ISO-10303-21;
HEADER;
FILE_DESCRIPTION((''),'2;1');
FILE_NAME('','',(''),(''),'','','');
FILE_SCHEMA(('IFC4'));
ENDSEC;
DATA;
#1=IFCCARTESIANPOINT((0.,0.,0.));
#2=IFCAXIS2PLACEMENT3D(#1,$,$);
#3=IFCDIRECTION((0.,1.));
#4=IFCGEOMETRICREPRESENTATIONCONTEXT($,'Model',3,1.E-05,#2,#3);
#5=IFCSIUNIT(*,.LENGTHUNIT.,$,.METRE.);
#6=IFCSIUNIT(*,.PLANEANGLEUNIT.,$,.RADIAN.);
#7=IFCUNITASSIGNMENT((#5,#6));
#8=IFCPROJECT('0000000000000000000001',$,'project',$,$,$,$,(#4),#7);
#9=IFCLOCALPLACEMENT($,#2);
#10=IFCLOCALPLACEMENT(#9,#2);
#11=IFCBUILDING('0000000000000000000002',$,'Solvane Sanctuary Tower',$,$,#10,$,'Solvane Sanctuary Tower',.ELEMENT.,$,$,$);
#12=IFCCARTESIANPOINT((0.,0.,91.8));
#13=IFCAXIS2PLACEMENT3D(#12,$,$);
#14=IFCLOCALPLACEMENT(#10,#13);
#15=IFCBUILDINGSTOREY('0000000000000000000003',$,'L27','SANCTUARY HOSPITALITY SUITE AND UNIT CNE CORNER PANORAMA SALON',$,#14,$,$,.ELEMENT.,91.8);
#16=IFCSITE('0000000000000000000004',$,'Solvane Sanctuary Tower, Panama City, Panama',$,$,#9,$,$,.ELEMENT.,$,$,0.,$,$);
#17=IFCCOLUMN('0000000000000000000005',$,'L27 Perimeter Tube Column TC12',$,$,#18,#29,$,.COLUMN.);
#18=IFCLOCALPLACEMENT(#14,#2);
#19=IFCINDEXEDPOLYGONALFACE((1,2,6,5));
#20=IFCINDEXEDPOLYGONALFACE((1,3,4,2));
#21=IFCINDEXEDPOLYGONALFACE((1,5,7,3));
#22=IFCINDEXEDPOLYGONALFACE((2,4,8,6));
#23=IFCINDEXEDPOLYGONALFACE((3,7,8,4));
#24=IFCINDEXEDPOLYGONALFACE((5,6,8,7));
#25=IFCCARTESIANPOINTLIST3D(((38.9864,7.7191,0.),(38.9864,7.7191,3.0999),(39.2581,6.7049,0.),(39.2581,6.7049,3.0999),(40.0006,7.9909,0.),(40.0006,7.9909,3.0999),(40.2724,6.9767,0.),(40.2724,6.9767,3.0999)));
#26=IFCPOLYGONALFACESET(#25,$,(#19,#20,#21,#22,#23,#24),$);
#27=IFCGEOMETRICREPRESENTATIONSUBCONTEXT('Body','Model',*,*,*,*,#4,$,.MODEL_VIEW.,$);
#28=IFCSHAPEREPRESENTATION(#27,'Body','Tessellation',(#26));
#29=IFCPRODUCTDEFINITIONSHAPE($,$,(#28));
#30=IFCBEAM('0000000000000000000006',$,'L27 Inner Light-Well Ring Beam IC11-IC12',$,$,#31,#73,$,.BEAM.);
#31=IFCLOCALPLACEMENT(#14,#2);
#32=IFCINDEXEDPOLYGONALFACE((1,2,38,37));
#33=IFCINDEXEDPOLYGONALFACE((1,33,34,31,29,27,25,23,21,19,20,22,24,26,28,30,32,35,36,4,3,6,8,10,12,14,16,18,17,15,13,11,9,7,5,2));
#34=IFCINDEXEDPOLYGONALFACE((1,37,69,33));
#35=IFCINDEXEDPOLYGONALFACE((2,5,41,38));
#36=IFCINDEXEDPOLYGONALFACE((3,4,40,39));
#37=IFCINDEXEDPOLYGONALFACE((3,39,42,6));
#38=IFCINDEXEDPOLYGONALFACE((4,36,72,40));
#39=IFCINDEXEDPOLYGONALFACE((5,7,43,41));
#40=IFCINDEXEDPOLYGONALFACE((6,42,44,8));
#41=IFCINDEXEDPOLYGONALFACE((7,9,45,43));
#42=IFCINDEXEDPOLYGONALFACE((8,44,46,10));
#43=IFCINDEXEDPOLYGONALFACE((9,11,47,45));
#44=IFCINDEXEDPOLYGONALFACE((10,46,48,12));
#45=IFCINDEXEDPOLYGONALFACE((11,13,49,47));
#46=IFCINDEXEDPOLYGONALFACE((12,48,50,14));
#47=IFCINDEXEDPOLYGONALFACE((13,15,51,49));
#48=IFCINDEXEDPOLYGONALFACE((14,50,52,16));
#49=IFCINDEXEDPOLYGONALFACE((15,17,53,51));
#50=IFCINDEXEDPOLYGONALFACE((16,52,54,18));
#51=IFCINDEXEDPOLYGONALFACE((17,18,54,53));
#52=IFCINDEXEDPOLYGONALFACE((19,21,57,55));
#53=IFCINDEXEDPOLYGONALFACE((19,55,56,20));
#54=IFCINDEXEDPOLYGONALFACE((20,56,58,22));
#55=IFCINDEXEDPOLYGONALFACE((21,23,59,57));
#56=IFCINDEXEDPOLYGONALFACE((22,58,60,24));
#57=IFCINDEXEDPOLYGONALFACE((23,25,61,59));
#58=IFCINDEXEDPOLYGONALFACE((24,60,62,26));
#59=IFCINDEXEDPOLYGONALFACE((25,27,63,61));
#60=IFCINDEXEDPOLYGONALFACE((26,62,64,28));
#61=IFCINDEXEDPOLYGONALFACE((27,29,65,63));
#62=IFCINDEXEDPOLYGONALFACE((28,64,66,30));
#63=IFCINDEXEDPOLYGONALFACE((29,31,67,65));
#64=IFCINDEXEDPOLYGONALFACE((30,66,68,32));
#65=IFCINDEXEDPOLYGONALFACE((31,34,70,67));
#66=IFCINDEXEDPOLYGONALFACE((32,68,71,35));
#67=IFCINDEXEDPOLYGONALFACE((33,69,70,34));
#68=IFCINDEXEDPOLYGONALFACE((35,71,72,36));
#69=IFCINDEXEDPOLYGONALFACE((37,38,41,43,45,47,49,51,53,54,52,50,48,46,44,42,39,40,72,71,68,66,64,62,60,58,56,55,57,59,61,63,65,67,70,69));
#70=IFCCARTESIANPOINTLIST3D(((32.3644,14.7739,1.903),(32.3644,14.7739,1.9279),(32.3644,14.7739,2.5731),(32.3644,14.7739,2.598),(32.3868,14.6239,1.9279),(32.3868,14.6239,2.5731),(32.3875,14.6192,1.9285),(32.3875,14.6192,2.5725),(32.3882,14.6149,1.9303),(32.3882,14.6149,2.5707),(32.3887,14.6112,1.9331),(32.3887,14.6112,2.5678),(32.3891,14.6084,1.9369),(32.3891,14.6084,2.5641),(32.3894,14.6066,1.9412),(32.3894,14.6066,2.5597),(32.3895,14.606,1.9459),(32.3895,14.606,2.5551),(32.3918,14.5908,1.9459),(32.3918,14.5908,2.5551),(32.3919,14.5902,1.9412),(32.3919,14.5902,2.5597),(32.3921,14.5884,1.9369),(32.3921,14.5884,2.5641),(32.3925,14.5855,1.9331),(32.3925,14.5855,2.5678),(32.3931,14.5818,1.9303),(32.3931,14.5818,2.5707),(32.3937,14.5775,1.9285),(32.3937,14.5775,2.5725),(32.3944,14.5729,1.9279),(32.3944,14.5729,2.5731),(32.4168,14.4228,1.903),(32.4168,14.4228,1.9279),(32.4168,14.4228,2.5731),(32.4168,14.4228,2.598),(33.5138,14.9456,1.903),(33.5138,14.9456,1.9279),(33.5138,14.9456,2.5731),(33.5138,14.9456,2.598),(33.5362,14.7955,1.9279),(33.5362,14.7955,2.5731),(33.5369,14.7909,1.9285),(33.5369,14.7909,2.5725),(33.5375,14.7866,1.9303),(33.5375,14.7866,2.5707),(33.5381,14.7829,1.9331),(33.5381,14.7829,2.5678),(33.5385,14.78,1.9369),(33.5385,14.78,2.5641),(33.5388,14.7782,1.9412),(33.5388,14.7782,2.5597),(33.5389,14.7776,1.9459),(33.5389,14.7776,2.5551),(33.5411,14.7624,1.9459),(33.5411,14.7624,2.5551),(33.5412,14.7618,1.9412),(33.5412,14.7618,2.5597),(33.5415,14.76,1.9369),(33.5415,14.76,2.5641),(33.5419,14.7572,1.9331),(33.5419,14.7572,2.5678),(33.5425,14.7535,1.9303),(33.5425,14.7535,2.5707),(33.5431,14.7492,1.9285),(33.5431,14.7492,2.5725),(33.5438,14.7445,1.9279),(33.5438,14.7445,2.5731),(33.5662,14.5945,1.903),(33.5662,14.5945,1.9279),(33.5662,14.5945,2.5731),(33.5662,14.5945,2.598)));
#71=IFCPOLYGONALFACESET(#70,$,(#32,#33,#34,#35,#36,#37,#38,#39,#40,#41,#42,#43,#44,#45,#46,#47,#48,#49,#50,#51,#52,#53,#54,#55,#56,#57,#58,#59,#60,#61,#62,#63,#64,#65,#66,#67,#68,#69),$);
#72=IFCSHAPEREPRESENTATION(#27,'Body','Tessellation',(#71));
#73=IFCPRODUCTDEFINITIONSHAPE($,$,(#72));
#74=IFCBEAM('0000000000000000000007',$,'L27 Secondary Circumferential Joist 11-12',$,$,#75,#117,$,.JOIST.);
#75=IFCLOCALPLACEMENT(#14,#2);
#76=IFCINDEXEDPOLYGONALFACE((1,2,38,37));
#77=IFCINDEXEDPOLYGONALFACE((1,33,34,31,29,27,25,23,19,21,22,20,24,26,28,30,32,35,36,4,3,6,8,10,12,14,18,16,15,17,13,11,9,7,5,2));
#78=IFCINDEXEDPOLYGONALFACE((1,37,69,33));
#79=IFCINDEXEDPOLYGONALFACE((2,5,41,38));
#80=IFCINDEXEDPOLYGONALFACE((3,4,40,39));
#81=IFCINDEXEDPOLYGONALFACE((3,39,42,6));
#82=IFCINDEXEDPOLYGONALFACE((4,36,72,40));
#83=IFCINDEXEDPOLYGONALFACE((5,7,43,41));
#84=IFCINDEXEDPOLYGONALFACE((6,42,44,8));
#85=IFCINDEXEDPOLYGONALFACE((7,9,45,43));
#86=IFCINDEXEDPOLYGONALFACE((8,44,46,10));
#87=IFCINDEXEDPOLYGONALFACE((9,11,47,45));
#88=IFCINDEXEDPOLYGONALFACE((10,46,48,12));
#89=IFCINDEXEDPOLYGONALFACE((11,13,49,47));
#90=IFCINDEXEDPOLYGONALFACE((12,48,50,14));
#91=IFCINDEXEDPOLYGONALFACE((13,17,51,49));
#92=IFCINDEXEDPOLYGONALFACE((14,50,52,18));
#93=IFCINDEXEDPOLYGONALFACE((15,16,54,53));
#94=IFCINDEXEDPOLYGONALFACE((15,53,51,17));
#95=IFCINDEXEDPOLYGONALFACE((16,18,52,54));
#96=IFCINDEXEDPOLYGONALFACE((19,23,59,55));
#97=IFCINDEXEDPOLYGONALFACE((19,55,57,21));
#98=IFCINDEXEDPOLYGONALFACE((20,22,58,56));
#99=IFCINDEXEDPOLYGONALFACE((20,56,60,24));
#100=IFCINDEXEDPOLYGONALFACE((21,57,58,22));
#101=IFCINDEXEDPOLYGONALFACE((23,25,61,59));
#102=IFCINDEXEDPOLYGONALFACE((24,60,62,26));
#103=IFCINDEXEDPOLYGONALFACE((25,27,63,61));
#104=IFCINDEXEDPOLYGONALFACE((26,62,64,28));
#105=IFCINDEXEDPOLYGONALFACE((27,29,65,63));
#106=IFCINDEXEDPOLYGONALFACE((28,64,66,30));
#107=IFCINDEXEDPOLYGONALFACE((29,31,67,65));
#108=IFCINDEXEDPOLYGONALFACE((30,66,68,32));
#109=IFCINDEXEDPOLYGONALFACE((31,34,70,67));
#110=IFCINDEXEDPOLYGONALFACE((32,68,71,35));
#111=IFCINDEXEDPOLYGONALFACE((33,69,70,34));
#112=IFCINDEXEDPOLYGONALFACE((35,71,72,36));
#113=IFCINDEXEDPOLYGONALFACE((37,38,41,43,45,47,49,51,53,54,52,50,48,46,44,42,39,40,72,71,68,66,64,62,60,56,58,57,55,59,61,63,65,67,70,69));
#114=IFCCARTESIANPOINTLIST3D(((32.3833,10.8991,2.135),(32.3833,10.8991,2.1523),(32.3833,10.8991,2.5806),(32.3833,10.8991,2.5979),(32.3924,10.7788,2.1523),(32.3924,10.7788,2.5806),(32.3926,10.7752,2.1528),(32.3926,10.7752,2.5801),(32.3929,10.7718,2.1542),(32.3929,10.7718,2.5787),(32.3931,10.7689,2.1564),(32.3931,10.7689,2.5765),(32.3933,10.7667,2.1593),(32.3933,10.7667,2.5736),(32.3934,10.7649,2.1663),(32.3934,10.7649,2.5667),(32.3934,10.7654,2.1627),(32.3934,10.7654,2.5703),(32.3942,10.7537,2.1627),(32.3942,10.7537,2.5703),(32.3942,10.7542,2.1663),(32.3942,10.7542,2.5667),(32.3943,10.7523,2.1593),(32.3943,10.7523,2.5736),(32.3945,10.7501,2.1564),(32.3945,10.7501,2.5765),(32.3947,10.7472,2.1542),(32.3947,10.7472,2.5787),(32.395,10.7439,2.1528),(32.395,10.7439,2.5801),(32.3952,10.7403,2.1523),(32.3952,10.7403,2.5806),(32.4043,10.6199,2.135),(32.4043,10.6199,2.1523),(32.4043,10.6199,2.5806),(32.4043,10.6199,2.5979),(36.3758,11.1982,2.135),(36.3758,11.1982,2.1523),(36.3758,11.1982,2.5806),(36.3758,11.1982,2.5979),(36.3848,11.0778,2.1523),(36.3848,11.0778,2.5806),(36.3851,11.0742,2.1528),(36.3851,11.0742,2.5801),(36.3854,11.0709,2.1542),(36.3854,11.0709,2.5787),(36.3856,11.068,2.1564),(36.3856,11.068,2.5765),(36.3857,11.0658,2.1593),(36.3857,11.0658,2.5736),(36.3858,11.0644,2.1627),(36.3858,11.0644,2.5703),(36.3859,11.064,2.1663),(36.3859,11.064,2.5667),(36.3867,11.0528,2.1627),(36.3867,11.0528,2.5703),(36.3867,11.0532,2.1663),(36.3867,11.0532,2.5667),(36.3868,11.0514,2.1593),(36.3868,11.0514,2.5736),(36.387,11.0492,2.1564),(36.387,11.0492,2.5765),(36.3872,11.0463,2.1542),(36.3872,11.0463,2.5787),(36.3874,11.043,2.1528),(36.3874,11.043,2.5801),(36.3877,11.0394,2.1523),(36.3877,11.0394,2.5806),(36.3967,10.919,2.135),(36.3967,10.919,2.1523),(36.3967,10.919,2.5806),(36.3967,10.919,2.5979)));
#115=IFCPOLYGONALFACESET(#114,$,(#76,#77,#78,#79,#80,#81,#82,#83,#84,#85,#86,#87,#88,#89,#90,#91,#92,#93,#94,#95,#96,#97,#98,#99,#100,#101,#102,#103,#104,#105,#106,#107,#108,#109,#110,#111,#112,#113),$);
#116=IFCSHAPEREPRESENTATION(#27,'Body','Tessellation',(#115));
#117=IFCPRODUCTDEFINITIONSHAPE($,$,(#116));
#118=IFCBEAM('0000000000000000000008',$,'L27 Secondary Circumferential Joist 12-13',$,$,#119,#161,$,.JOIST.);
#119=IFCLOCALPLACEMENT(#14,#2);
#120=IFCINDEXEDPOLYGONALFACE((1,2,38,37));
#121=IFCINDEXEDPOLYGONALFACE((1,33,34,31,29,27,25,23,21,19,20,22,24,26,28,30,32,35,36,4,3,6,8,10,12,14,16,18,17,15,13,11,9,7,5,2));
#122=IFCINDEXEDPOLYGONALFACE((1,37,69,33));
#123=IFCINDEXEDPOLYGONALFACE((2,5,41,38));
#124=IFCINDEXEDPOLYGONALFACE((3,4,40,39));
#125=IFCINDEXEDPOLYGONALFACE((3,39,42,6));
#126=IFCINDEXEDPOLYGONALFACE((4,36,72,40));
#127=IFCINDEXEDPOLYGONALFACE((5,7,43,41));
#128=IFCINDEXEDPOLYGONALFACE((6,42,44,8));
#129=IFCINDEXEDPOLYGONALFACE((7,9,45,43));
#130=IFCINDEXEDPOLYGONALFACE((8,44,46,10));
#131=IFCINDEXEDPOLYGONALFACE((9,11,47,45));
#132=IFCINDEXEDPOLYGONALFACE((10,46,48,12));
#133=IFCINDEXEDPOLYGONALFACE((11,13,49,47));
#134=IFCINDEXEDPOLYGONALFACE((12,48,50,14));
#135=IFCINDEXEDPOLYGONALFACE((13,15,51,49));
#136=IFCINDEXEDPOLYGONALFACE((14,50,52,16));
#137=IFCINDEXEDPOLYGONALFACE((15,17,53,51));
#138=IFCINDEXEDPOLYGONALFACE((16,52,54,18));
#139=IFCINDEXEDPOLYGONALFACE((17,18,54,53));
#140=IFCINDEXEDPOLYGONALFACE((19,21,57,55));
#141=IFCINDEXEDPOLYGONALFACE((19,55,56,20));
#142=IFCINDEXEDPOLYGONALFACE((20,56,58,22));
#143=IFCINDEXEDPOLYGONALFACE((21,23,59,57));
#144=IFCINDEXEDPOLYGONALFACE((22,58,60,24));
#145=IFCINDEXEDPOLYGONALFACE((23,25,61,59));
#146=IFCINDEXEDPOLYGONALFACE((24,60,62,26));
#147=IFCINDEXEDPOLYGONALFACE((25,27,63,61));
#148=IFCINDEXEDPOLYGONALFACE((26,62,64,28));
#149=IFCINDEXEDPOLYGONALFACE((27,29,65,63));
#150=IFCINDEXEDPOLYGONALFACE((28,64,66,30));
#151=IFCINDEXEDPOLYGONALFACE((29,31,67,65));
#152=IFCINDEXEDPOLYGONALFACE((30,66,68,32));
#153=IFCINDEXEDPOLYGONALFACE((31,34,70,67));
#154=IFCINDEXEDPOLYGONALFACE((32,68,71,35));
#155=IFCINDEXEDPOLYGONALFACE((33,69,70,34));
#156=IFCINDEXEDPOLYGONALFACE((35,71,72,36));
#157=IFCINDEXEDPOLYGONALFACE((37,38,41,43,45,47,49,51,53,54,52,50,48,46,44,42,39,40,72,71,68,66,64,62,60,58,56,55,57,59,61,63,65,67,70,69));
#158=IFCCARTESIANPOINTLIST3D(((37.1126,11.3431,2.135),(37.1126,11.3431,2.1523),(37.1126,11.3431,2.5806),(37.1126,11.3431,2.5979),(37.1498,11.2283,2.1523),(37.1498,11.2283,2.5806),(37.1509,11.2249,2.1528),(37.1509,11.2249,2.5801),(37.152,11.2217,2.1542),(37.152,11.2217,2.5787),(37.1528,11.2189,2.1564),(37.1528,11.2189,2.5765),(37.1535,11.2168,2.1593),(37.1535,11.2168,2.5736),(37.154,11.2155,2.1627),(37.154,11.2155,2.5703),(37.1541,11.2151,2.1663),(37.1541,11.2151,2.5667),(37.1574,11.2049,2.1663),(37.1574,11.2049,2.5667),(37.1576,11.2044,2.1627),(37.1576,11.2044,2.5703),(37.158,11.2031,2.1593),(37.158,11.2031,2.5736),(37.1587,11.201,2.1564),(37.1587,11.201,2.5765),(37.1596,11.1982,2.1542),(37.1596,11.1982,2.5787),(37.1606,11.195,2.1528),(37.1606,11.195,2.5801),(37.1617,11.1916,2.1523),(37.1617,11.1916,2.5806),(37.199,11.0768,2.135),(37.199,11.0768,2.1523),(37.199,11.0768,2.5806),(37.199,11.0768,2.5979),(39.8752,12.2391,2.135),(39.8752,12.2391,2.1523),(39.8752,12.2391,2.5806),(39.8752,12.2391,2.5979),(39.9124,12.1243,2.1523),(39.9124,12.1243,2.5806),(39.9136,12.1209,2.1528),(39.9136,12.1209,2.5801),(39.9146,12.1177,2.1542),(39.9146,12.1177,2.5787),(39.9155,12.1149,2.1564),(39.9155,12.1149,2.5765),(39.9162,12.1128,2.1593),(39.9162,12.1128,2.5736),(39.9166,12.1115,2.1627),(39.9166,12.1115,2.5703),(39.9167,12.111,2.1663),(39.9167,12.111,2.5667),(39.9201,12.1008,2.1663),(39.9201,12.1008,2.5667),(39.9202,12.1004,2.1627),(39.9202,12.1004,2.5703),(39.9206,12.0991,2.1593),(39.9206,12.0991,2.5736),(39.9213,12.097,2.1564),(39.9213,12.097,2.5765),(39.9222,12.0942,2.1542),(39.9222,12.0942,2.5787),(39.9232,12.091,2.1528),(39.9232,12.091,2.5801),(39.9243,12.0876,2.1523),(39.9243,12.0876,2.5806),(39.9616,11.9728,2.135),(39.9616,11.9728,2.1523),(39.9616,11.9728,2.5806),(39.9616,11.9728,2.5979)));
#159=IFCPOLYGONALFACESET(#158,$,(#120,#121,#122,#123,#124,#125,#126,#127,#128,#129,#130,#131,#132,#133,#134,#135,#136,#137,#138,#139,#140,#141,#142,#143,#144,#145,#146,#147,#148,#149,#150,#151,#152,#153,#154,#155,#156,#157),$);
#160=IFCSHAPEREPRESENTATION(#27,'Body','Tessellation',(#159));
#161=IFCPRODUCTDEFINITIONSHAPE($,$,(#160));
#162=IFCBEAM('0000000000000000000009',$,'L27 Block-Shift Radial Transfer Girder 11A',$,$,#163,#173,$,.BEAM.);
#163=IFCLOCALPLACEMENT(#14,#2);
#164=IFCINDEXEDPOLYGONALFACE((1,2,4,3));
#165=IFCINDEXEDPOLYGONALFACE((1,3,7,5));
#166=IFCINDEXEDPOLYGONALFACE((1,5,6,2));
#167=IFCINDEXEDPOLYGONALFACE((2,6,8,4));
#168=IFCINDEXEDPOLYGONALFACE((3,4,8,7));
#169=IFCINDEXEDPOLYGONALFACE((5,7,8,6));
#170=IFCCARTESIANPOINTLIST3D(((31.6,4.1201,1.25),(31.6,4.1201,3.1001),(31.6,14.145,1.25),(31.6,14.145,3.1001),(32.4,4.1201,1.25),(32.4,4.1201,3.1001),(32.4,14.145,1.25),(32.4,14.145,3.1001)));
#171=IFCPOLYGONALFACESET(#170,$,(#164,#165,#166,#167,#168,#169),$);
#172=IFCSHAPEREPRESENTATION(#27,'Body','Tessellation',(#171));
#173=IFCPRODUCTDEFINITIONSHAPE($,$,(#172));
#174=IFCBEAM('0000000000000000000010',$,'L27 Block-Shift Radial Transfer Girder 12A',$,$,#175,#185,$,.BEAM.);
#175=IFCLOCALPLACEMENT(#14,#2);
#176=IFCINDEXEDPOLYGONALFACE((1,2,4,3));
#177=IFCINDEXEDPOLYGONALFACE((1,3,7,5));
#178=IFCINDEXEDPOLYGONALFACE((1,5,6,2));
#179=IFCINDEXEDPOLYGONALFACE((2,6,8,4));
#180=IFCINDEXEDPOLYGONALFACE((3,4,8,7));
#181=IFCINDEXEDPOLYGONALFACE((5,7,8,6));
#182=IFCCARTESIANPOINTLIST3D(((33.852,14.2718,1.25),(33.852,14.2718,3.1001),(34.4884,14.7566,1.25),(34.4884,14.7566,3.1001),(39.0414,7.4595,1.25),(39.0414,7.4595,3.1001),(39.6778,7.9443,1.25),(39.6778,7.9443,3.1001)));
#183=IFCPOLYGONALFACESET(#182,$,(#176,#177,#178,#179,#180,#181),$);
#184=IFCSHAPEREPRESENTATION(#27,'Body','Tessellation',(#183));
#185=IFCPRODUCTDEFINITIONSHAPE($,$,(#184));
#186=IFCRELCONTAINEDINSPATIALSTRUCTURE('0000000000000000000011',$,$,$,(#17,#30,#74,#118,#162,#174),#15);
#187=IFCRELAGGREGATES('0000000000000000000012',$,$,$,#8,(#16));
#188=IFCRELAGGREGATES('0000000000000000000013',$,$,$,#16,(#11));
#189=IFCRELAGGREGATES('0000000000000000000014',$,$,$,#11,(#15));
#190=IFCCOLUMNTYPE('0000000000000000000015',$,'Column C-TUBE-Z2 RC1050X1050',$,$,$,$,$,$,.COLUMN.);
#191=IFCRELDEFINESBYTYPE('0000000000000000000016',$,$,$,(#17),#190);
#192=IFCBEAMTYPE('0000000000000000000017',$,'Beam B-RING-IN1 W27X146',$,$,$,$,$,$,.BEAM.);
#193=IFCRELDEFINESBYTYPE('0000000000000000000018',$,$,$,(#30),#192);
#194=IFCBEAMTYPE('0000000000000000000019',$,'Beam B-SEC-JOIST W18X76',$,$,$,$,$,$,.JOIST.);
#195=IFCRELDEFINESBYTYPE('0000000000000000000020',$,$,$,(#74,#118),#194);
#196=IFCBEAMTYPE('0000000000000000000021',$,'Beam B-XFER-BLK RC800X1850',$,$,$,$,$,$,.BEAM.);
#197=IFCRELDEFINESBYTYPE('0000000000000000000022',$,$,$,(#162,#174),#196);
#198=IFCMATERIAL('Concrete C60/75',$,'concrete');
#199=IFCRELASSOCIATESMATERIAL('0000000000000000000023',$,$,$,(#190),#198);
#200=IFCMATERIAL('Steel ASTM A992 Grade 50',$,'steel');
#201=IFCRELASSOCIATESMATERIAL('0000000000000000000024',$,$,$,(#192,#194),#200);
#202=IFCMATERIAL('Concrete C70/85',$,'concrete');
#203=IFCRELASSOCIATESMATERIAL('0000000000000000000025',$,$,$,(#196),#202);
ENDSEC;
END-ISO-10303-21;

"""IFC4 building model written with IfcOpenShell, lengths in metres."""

from ifc_helpers import new_model, si_unit, direction, frame, origin, origin_2d, place, context, subcontext, project, spatial, rectangle, i_section, extrude, material, material_profile, profile_set, type_object, element, save


model = new_model("IFC4")

# Units and contexts
model_context = context("Model", 3, precision=1e-05, world=origin(), true_north=direction((0.0, 1.0)))
body_context = subcontext(model_context, "Body", "Model", "MODEL_VIEW")
ifc_project = project(units=[si_unit("LENGTHUNIT", "METRE"), si_unit("PLANEANGLEUNIT", "RADIAN")], contexts=[model_context])

# Site, building, storey
site_placement = place(None, origin())
site = spatial("IfcSite", under=ifc_project, at=site_placement, Name="Solvane Sanctuary Tower, Panama City, Panama", CompositionType="ELEMENT", RefElevation=0.0)
building_placement = place(site_placement, origin())
building = spatial("IfcBuilding", under=site, at=building_placement, Name="Solvane Sanctuary Tower", LongName="Solvane Sanctuary Tower", CompositionType="ELEMENT")
storey_placement = place(building_placement, frame((0.0, 0.0, 91.8)))
storey = spatial("IfcBuildingStorey", under=building, at=storey_placement, Name="L27", Description="SANCTUARY HOSPITALITY SUITE AND UNIT CNE CORNER PANORAMA SALON", CompositionType="ELEMENT", Elevation=91.8)

# Column
ifc_material_1 = material(Name="Concrete C60/75", Category="concrete")
ifc_material_profile_1 = material_profile(ifc_material_1, rectangle(XDim=1.05, YDim=1.05, at=origin_2d()), Name="RC1050X1050")
ifc_profile_set_1 = profile_set([ifc_material_profile_1], Name="Concrete C60/75")
column_type = type_object("IfcColumnType", Name="Column C-TUBE-Z2 RC1050X1050", PredefinedType="COLUMN", material=ifc_profile_set_1)
column_placement = place(storey_placement, frame((39.6294, 7.3479, 0.0), z_axis=(0.0, 0.0, 1.0), x_axis=(0.258819, -0.965926, 0.0)))
element("IfcColumn", 1, at=column_placement, inside=storey, type_object=column_type, Name="L27 Perimeter Tube Column TC12", PredefinedType="COLUMN", context=body_context, shape_type="SweptSolid", body=[
    extrude(rectangle(XDim=1.05, YDim=1.05, at=origin_2d()), origin(), (0.0, 0.0, 1.0), 3.0999),
])

# Beams
ifc_material_2 = material(Name="Steel ASTM A992 Grade 50", Category="steel")
ifc_material_profile_2 = material_profile(ifc_material_2, i_section(OverallWidth=0.355, OverallDepth=0.6951, WebThickness=0.0154, FlangeThickness=0.0249, FilletRadius=0.0181, at=origin_2d()), Name="W27X146")
ifc_profile_set_2 = profile_set([ifc_material_profile_2], Name="Steel ASTM A992 Grade 50")
beam_type_1 = type_object("IfcBeamType", Name="Beam B-RING-IN1 W27X146", PredefinedType="BEAM", material=ifc_profile_set_2)
beam_1_placement = place(storey_placement, frame((32.3906, 14.5984, 2.2505), z_axis=(0.989035, 0.147683, 0.0), x_axis=(-0.147683, 0.989035, 0.0)))
element("IfcBeam", 2, at=beam_1_placement, inside=storey, type_object=beam_type_1, Name="L27 Inner Light-Well Ring Beam IC11-IC12", PredefinedType="BEAM", context=body_context, shape_type="SweptSolid", body=[
    extrude(i_section(OverallWidth=0.355, OverallDepth=0.6951, WebThickness=0.0154, FlangeThickness=0.0249, FilletRadius=0.0181, at=origin_2d()), origin(), (0.0, 0.0, 1.0), 1.1621),
])
ifc_material_profile_3 = material_profile(ifc_material_2, i_section(OverallWidth=0.28, OverallDepth=0.4629, WebThickness=0.0107, FlangeThickness=0.0173, FilletRadius=0.0139, at=origin_2d()), Name="W18X76")
ifc_profile_set_3 = profile_set([ifc_material_profile_3], Name="Steel ASTM A992 Grade 50")
beam_type_2 = type_object("IfcBeamType", Name="Beam B-SEC-JOIST W18X76", PredefinedType="JOIST", material=ifc_profile_set_3)
beam_2_placement = place(storey_placement, frame((32.3938, 10.7595, 2.3665), z_axis=(0.997206, 0.074701, 0.0), x_axis=(-0.074701, 0.997206, 0.0)))
element("IfcBeam", 3, at=beam_2_placement, inside=storey, type_object=beam_type_2, Name="L27 Secondary Circumferential Joist 11-12", PredefinedType="JOIST", context=body_context, shape_type="SweptSolid", body=[
    extrude(i_section(OverallWidth=0.28, OverallDepth=0.4629, WebThickness=0.0107, FlangeThickness=0.0173, FilletRadius=0.0139, at=origin_2d()), origin(), (0.0, 0.0, 1.0), 4.0037),
])
beam_3_placement = place(storey_placement, frame((37.1558, 11.21, 2.3665), z_axis=(0.951224, 0.308501, 0.0), x_axis=(-0.308501, 0.951224, 0.0)))
element("IfcBeam", 4, at=beam_3_placement, inside=storey, type_object=beam_type_2, Name="L27 Secondary Circumferential Joist 12-13", PredefinedType="JOIST", context=body_context, shape_type="SweptSolid", body=[
    extrude(i_section(OverallWidth=0.28, OverallDepth=0.4629, WebThickness=0.0107, FlangeThickness=0.0173, FilletRadius=0.0139, at=origin_2d()), origin(), (0.0, 0.0, 1.0), 2.9043),
])
ifc_material_3 = material(Name="Concrete C70/85", Category="concrete")
ifc_material_profile_4 = material_profile(ifc_material_3, rectangle(XDim=0.8, YDim=1.8501, at=origin_2d()), Name="RC800X1850")
ifc_profile_set_4 = profile_set([ifc_material_profile_4], Name="Concrete C70/85")
beam_type_3 = type_object("IfcBeamType", Name="Beam B-XFER-BLK RC800X1850", PredefinedType="BEAM", material=ifc_profile_set_4)
beam_4_placement = place(storey_placement, frame((32.0, 14.145, 2.175), z_axis=(0.0, -1.0, 0.0), x_axis=(1.0, 0.0, 0.0)))
element("IfcBeam", 5, at=beam_4_placement, inside=storey, type_object=beam_type_3, Name="L27 Block-Shift Radial Transfer Girder 11A", PredefinedType="BEAM", context=body_context, shape_type="SweptSolid", body=[
    extrude(rectangle(XDim=0.8, YDim=1.8501, at=origin_2d()), origin(), (0.0, 0.0, 1.0), 10.0249),
])
beam_5_placement = place(storey_placement, frame((34.1702, 14.5142, 2.175), z_axis=(0.605981, -0.795479, 0.0), x_axis=(0.795479, 0.605981, 0.0)))
element("IfcBeam", 6, at=beam_5_placement, inside=storey, type_object=beam_type_3, Name="L27 Block-Shift Radial Transfer Girder 12A", PredefinedType="BEAM", context=body_context, shape_type="SweptSolid", body=[
    extrude(rectangle(XDim=0.8, YDim=1.8501, at=origin_2d()), origin(), (0.0, 0.0, 1.0), 8.5637),
])

save(model, "model.ifc")
